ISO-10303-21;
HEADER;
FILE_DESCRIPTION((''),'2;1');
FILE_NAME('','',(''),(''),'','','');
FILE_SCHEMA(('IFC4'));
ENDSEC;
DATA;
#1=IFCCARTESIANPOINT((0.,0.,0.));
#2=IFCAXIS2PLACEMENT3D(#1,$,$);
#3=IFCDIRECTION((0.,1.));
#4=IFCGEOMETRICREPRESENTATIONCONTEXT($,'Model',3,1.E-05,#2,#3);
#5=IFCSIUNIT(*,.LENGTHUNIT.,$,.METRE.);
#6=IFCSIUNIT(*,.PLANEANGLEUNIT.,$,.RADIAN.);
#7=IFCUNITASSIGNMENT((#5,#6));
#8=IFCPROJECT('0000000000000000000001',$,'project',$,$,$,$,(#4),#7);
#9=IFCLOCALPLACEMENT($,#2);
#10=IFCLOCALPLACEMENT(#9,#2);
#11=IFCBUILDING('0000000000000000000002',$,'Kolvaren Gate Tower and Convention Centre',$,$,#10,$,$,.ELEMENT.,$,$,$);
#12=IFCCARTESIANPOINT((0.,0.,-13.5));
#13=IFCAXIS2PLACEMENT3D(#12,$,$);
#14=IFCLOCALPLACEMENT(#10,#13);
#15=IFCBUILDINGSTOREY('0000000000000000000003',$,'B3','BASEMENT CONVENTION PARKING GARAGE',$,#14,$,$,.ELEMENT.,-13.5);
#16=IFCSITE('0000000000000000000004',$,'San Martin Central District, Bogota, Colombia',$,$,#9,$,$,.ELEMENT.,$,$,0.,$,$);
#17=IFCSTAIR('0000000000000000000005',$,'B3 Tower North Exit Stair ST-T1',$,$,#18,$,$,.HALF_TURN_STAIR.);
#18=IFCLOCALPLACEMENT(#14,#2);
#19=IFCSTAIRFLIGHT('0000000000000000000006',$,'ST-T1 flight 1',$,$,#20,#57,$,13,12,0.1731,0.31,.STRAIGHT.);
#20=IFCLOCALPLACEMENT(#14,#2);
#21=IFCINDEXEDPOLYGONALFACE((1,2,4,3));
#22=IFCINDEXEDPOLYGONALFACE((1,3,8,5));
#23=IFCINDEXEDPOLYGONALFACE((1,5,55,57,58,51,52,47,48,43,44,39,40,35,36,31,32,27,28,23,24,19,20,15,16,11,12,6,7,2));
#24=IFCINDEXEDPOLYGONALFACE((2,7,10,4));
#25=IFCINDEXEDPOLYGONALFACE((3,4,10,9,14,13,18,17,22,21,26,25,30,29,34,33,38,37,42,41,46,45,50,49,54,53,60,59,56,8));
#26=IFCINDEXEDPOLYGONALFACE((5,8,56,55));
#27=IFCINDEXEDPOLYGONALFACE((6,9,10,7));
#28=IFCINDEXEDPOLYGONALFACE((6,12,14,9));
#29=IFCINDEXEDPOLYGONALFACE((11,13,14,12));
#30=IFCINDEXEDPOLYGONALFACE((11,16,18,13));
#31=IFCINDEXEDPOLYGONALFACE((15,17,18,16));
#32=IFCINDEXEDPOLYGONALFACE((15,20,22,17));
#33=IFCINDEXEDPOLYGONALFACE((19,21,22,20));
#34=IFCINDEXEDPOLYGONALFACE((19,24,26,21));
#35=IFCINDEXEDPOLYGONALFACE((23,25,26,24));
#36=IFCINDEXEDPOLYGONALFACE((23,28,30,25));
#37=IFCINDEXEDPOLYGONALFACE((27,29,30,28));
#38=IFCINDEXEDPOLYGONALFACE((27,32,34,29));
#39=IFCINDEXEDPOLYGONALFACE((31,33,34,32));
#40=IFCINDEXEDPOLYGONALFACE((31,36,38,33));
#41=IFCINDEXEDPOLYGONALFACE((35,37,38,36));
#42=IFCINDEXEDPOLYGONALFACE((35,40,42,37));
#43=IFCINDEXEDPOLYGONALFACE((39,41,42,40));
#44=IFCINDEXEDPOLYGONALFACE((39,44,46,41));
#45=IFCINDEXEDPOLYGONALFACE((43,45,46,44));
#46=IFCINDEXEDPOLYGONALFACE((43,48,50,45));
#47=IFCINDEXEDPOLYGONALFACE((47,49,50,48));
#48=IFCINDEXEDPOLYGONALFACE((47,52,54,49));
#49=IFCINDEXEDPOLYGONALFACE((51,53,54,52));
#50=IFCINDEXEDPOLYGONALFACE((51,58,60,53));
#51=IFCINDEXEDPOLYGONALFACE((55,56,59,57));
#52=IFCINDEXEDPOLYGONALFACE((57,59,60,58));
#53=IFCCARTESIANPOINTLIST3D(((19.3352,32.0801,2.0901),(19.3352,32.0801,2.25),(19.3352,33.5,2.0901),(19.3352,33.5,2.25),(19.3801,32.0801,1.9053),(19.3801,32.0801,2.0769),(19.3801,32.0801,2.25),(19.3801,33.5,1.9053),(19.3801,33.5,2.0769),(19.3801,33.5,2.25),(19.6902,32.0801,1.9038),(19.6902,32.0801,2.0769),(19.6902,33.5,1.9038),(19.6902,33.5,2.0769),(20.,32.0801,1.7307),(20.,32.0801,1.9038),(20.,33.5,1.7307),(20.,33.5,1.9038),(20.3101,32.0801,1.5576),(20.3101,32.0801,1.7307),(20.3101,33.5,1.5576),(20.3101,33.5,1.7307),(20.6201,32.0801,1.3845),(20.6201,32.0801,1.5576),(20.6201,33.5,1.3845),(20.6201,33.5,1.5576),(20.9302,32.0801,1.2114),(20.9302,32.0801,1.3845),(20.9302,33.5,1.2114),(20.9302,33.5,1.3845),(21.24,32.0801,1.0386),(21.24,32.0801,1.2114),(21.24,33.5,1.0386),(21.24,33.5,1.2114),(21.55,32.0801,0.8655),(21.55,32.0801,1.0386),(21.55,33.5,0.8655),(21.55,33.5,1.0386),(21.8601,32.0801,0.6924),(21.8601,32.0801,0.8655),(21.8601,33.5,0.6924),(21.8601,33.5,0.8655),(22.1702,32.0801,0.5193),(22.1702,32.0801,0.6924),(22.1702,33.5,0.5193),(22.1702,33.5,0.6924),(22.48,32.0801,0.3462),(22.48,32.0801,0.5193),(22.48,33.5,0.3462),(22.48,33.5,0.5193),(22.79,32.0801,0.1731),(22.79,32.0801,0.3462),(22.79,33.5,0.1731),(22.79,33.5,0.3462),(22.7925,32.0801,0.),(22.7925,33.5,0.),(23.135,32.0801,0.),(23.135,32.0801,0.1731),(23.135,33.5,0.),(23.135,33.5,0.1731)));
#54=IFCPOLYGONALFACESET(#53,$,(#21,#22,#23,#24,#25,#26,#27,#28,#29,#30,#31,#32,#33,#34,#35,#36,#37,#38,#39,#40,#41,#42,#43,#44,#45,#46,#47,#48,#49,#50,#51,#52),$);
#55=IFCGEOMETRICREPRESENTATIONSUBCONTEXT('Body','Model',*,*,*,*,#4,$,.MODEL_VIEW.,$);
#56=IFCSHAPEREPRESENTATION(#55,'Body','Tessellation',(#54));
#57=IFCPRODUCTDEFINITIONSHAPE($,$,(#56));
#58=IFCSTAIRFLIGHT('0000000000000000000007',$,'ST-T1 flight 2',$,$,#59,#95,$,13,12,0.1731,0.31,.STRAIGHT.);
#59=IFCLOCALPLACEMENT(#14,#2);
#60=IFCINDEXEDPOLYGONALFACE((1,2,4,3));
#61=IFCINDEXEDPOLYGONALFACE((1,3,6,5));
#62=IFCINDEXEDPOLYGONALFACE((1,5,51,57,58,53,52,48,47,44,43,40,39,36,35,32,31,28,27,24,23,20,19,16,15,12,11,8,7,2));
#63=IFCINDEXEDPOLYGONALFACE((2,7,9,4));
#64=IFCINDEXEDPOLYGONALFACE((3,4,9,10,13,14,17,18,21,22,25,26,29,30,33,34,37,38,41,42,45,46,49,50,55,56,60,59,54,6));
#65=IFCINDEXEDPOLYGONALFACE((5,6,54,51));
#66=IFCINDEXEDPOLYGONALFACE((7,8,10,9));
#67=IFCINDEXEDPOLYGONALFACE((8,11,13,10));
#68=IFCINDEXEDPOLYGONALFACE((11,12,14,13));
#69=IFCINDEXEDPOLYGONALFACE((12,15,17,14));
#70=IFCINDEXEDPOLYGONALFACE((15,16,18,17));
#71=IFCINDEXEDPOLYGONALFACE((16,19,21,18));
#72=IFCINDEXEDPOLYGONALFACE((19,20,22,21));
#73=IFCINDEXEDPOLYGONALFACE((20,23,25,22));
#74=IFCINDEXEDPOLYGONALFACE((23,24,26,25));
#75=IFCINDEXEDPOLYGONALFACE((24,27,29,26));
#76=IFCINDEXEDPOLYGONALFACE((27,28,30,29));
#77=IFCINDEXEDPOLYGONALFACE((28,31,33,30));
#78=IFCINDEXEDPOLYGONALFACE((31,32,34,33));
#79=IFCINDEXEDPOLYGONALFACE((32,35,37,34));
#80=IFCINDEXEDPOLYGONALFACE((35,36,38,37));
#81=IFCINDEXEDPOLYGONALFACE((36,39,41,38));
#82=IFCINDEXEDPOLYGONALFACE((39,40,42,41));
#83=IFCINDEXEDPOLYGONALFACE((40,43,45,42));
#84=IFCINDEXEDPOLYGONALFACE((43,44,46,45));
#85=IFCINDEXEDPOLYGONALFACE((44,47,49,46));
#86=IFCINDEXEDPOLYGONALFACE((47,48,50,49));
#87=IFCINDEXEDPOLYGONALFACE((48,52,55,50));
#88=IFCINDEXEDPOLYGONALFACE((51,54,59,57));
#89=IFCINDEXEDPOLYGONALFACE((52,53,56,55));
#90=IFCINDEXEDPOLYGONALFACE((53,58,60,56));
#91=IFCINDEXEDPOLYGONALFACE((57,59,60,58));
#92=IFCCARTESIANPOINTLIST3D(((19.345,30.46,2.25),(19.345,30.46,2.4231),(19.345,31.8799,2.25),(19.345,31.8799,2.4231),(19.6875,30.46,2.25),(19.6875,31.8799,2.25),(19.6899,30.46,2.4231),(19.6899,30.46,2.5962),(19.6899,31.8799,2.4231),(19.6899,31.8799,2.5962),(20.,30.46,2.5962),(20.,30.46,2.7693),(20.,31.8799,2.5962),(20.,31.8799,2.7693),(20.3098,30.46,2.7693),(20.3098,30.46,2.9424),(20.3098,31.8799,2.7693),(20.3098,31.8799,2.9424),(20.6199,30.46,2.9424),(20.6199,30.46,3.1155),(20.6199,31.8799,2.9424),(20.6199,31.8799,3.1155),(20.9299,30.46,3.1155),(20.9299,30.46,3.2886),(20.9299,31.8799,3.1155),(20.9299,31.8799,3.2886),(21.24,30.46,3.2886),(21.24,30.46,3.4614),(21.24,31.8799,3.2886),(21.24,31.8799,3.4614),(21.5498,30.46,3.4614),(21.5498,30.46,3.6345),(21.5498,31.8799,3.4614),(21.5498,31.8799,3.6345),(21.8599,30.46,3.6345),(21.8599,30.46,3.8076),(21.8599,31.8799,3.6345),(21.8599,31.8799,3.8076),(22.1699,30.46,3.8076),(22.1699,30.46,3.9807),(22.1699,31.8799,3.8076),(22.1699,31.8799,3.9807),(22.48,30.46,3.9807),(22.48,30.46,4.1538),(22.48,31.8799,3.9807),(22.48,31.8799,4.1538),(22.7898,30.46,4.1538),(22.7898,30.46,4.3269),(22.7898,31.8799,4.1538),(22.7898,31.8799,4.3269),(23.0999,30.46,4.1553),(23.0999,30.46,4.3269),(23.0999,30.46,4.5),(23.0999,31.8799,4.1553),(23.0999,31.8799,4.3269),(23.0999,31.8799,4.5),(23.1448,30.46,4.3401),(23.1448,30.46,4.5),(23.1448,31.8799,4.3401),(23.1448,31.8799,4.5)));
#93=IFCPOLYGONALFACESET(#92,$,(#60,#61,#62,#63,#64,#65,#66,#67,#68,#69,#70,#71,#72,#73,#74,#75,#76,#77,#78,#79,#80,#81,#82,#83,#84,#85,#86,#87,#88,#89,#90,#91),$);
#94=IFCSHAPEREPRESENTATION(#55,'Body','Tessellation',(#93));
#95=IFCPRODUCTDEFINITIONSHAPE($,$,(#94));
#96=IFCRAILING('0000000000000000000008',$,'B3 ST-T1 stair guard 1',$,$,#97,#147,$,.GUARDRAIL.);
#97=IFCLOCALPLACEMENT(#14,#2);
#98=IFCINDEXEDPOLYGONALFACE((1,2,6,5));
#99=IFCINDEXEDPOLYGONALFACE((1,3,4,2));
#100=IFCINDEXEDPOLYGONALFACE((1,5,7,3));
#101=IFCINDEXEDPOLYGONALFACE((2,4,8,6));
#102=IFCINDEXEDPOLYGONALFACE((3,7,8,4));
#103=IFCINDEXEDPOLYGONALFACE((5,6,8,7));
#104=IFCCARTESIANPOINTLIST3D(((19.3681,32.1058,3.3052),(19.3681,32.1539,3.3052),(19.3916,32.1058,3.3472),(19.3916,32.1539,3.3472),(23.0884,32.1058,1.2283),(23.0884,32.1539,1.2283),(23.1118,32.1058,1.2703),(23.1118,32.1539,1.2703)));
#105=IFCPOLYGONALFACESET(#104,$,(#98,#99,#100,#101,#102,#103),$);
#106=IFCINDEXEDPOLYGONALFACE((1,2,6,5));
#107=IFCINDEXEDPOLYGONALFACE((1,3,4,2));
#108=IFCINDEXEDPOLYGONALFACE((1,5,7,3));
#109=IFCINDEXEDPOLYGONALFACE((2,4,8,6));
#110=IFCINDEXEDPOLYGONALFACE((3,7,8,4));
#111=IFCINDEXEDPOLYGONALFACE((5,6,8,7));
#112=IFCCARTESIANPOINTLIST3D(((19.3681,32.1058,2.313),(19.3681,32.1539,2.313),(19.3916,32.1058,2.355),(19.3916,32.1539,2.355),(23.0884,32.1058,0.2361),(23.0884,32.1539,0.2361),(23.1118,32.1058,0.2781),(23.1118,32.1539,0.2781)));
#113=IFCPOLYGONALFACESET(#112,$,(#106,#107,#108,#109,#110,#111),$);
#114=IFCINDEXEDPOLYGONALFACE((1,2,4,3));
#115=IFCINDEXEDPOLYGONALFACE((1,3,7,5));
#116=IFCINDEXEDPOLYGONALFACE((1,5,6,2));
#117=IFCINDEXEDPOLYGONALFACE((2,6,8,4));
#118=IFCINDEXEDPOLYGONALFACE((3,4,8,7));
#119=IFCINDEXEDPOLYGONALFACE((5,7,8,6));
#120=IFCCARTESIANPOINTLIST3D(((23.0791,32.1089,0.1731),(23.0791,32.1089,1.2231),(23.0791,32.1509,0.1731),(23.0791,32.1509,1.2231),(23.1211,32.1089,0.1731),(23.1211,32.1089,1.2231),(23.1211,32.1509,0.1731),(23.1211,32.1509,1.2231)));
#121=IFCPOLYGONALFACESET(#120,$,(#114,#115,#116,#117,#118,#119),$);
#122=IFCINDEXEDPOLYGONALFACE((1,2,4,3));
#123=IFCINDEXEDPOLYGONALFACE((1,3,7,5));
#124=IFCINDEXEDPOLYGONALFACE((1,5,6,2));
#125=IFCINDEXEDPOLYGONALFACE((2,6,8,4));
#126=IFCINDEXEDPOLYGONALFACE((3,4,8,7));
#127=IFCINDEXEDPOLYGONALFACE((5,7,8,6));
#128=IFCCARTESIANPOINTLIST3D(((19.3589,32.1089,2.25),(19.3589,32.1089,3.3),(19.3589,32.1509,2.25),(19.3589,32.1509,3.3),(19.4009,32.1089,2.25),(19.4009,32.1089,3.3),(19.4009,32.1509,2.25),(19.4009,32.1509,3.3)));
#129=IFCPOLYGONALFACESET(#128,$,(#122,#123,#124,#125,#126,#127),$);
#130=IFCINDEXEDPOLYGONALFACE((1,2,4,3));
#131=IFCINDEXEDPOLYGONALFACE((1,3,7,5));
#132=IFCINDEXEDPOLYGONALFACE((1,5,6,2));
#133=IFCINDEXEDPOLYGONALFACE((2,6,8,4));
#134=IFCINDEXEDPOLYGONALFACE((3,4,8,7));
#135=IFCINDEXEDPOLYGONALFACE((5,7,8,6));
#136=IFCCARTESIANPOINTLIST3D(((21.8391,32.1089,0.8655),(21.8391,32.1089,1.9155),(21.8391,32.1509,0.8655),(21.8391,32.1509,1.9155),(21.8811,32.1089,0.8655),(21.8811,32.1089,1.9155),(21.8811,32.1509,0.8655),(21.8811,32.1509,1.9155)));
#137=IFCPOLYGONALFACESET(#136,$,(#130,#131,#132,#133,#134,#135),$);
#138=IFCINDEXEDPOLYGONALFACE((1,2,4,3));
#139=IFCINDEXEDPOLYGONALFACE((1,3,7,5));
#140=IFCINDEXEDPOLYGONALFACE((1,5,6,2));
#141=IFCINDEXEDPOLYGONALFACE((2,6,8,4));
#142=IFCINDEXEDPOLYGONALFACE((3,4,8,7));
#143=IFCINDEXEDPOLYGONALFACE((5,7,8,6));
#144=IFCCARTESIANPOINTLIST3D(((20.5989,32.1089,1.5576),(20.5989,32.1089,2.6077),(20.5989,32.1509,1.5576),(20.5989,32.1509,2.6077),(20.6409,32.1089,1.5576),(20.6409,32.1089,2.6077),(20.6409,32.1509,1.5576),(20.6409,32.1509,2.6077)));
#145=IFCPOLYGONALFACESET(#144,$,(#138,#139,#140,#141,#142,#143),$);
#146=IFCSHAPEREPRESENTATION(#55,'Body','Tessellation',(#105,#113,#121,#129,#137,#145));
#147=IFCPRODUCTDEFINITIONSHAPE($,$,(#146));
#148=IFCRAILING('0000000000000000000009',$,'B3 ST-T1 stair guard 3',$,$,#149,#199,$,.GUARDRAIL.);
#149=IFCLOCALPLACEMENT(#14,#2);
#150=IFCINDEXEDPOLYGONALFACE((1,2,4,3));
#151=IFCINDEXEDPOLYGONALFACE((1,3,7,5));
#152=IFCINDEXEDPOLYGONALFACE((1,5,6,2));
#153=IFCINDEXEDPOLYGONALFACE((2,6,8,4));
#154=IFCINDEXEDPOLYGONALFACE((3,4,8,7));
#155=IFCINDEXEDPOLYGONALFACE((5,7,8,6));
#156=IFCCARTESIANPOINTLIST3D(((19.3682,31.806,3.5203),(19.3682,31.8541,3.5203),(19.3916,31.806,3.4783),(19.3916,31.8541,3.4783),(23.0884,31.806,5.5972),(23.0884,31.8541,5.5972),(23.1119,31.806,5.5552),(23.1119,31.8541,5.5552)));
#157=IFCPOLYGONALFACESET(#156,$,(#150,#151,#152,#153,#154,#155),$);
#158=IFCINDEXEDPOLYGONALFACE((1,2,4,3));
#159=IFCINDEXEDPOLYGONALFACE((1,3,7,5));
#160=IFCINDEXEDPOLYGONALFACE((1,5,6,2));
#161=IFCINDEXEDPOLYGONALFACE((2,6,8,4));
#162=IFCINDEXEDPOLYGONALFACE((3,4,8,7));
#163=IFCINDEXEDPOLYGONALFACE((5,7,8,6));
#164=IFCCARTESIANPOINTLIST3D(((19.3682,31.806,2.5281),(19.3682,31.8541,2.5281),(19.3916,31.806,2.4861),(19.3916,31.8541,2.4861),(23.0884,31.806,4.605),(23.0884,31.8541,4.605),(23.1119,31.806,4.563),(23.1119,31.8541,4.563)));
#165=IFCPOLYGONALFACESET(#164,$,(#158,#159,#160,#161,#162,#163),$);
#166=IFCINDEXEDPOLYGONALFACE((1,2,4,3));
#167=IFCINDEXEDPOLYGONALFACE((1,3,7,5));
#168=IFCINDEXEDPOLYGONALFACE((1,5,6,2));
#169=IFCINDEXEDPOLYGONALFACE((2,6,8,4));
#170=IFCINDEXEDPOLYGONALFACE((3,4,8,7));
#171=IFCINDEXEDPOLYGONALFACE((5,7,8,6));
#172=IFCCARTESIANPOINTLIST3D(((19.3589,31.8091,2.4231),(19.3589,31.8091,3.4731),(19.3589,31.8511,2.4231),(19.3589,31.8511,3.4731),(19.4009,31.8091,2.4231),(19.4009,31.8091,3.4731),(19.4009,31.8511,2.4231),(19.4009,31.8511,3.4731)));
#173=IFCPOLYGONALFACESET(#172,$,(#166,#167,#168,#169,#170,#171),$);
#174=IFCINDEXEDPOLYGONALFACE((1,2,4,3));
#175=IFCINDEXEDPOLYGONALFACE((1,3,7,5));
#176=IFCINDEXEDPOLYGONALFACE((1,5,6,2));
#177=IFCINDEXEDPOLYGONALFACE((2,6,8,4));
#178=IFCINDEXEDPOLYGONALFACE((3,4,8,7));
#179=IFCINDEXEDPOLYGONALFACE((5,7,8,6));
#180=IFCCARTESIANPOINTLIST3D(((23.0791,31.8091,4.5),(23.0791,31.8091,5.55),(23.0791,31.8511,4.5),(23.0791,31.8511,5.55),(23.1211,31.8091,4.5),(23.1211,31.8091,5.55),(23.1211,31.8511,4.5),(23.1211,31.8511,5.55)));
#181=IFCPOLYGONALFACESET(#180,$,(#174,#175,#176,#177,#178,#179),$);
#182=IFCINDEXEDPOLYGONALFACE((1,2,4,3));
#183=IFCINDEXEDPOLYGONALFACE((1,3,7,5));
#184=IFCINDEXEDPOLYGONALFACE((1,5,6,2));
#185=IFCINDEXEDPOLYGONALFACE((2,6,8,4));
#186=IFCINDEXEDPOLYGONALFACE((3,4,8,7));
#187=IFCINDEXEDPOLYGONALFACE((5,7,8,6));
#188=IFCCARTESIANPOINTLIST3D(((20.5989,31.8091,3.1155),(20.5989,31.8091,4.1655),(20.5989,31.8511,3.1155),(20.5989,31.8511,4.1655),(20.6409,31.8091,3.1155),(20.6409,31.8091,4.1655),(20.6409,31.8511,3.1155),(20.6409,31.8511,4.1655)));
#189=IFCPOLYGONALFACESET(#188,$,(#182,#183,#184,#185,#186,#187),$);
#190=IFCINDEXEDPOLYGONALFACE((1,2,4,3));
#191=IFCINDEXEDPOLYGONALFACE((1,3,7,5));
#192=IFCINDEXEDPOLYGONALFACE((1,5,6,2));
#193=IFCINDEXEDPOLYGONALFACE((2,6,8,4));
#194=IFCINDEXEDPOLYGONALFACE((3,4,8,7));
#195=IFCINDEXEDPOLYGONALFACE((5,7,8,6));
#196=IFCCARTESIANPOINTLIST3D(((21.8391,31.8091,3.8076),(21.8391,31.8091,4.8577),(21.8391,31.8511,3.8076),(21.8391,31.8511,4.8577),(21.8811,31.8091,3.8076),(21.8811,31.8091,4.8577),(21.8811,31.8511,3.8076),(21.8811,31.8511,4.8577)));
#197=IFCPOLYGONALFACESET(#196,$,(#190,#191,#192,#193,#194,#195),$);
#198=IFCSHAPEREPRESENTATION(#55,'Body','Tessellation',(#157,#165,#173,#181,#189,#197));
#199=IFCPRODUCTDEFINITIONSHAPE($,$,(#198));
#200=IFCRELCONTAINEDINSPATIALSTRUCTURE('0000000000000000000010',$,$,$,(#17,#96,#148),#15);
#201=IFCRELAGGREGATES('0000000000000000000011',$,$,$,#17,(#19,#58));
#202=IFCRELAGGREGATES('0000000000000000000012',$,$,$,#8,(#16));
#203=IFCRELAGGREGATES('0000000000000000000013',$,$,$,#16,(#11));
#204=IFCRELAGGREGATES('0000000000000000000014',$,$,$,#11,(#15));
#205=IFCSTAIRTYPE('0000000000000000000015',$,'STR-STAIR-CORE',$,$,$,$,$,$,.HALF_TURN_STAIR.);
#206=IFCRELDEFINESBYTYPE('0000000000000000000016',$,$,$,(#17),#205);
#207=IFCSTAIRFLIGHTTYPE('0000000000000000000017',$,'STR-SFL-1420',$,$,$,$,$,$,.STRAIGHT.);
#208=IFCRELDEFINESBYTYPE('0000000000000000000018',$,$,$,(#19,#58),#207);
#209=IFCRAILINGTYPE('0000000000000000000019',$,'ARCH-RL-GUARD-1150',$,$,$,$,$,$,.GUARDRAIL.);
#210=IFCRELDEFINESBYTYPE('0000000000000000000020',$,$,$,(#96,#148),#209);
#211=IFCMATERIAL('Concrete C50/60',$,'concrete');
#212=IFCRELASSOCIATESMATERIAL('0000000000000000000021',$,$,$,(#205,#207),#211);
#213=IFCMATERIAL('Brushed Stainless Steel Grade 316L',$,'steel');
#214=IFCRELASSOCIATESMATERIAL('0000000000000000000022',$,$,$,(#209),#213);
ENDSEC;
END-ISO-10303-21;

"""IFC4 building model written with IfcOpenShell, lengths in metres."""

from ifc_helpers import new_model, si_unit, direction, frame, origin, origin_2d, place, context, subcontext, project, spatial, polyline, rectangle, outline, extrude, material, type_object, element, aggregate, save


model = new_model("IFC4")

# Units and contexts
model_context = context("Model", 3, precision=1e-05, world=origin(), true_north=direction((0.0, 1.0)))
body_context = subcontext(model_context, "Body", "Model", "MODEL_VIEW")
ifc_project = project(units=[si_unit("LENGTHUNIT", "METRE"), si_unit("PLANEANGLEUNIT", "RADIAN")], contexts=[model_context])

# Site, building, storey
site_placement = place(None, origin())
site = spatial("IfcSite", under=ifc_project, at=site_placement, Name="San Martin Central District, Bogota, Colombia", CompositionType="ELEMENT", RefElevation=0.0)
building_placement = place(site_placement, origin())
building = spatial("IfcBuilding", under=site, at=building_placement, Name="Kolvaren Gate Tower and Convention Centre", CompositionType="ELEMENT")
storey_placement = place(building_placement, frame((0.0, 0.0, -13.5)))
storey = spatial("IfcBuildingStorey", under=building, at=storey_placement, Name="B3", Description="BASEMENT CONVENTION PARKING GARAGE", CompositionType="ELEMENT", Elevation=-13.5)

# Shared definitions
ifc_material_1 = material(Name="Concrete C50/60", Category="concrete")

# Shared definitions
ifc_material_2 = material(Name="Brushed Stainless Steel Grade 316L", Category="steel")

# Stair, stair flights
stair_type = type_object("IfcStairType", Name="STR-STAIR-CORE", PredefinedType="HALF_TURN_STAIR", material=ifc_material_1)
stair_placement = place(storey_placement, origin())
stair = element("IfcStair", 1, at=stair_placement, inside=storey, type_object=stair_type, Name="B3 Tower North Exit Stair ST-T1", PredefinedType="HALF_TURN_STAIR")
stair_flight_type = type_object("IfcStairFlightType", Name="STR-SFL-1420", PredefinedType="STRAIGHT", material=ifc_material_1)
stair_flight_1_placement = place(storey_placement, frame((23.1001, 32.79, 0.0), z_axis=(0.0, 0.0, 1.0), x_axis=(-1.0, 0.0, 0.0)))
stair_flight_1 = element("IfcStairFlight", 2, at=stair_flight_1_placement, type_object=stair_flight_type, Name="ST-T1 flight 1", NumberOfRisers=13, NumberOfTreads=12, PredefinedType="STRAIGHT", RiserHeight=0.1731, TreadLength=0.31, context=body_context, shape_type="SweptSolid", body=[
    extrude(outline(polyline([(-0.0349, 0.0), (-0.0349, 0.1731), (0.3101, 0.1731), (0.3101, 0.3462), (0.6201, 0.3462), (0.6201, 0.5193), (0.9299, 0.5193), (0.9299, 0.6924), (1.24, 0.6924), (1.24, 0.8655), (1.55, 0.8655), (1.55, 1.0386), (1.8601, 1.0386), (1.8601, 1.2114), (2.1699, 1.2114), (2.1699, 1.3845), (2.48, 1.3845), (2.48, 1.5576), (2.79, 1.5576), (2.79, 1.7307), (3.1001, 1.7307), (3.1001, 1.9038), (3.4099, 1.9038), (3.4099, 2.0769), (3.72, 2.0769), (3.72, 2.25), (3.7649, 2.25), (3.7649, 2.0901), (3.72, 1.9053), (0.3076, 0.0), (-0.0349, 0.0)])), frame((0.0, 0.71, 0.0), z_axis=(0.0, -1.0, 0.0), x_axis=(1.0, 0.0, 0.0)), (0.0, 0.0, 1.0), 1.4199),
])
stair_flight_2_placement = place(storey_placement, frame((19.3799, 31.1699, 2.25), z_axis=(0.0, 0.0, 1.0), x_axis=(1.0, 0.0, 0.0)))
stair_flight_2 = element("IfcStairFlight", 3, at=stair_flight_2_placement, type_object=stair_flight_type, Name="ST-T1 flight 2", NumberOfRisers=13, NumberOfTreads=12, PredefinedType="STRAIGHT", RiserHeight=0.1731, TreadLength=0.31, context=body_context, shape_type="SweptSolid", body=[
    extrude(outline(polyline([(-0.0349, 0.0), (-0.0349, 0.1731), (0.3101, 0.1731), (0.3101, 0.3462), (0.6201, 0.3462), (0.6201, 0.5193), (0.9299, 0.5193), (0.9299, 0.6924), (1.24, 0.6924), (1.24, 0.8655), (1.55, 0.8655), (1.55, 1.0386), (1.8601, 1.0386), (1.8601, 1.2114), (2.1699, 1.2114), (2.1699, 1.3845), (2.48, 1.3845), (2.48, 1.5576), (2.79, 1.5576), (2.79, 1.7307), (3.1001, 1.7307), (3.1001, 1.9038), (3.4099, 1.9038), (3.4099, 2.0769), (3.72, 2.0769), (3.72, 2.25), (3.7649, 2.25), (3.7649, 2.0901), (3.72, 1.9053), (0.3076, 0.0), (-0.0349, 0.0)])), frame((0.0, 0.71, 0.0), z_axis=(0.0, -1.0, 0.0), x_axis=(1.0, 0.0, 0.0)), (0.0, 0.0, 1.0), 1.4199),
])
aggregate(stair, [stair_flight_1, stair_flight_2])

# Railings
railing_type = type_object("IfcRailingType", Name="ARCH-RL-GUARD-1150", PredefinedType="GUARDRAIL", material=ifc_material_2)
railing_1_placement = place(storey_placement, frame((23.1001, 32.1299, 0.1731)))
element("IfcRailing", 4, at=railing_1_placement, inside=storey, type_object=railing_type, Name="B3 ST-T1 stair guard 1", PredefinedType="GUARDRAIL", context=body_context, shape_type="SweptSolid", body=[
    extrude(rectangle(XDim=0.0481, YDim=0.0481, at=origin_2d()), frame((0.0, 0.0, 1.0762), z_axis=(-0.873147, 0.0, 0.487457), x_axis=(0.0, -1.0, 0.0)), (0.0, 0.0, 1.0), 4.2607),
    extrude(rectangle(XDim=0.0481, YDim=0.0481, at=origin_2d()), frame((0.0, 0.0, 0.084), z_axis=(-0.873147, 0.0, 0.487457), x_axis=(0.0, -1.0, 0.0)), (0.0, 0.0, 1.0), 4.2607),
    extrude(rectangle(XDim=0.042, YDim=0.042, at=origin_2d()), origin(), (0.0, 0.0, 1.0), 1.05),
    extrude(rectangle(XDim=0.042, YDim=0.042, at=origin_2d()), frame((-3.7202, 0.0, 2.0769)), (0.0, 0.0, 1.0), 1.05),
    extrude(rectangle(XDim=0.042, YDim=0.042, at=origin_2d()), frame((-1.24, 0.0, 0.6924)), (0.0, 0.0, 1.0), 1.05),
    extrude(rectangle(XDim=0.042, YDim=0.042, at=origin_2d()), frame((-2.4802, 0.0, 1.3845)), (0.0, 0.0, 1.0), 1.05),
])
railing_2_placement = place(storey_placement, frame((19.3799, 31.8301, 2.4231)))
element("IfcRailing", 5, at=railing_2_placement, inside=storey, type_object=railing_type, Name="B3 ST-T1 stair guard 3", PredefinedType="GUARDRAIL", context=body_context, shape_type="SweptSolid", body=[
    extrude(rectangle(XDim=0.0481, YDim=0.0481, at=origin_2d()), frame((0.0, 0.0, 1.0762), z_axis=(0.873147, 0.0, 0.487457), x_axis=(0.0, 1.0, 0.0)), (0.0, 0.0, 1.0), 4.2607),
    extrude(rectangle(XDim=0.0481, YDim=0.0481, at=origin_2d()), frame((0.0, 0.0, 0.084), z_axis=(0.873147, 0.0, 0.487457), x_axis=(0.0, 1.0, 0.0)), (0.0, 0.0, 1.0), 4.2607),
    extrude(rectangle(XDim=0.042, YDim=0.042, at=origin_2d()), origin(), (0.0, 0.0, 1.0), 1.05),
    extrude(rectangle(XDim=0.042, YDim=0.042, at=origin_2d()), frame((3.7202, 0.0, 2.0769)), (0.0, 0.0, 1.0), 1.05),
    extrude(rectangle(XDim=0.042, YDim=0.042, at=origin_2d()), frame((1.24, 0.0, 0.6924)), (0.0, 0.0, 1.0), 1.05),
    extrude(rectangle(XDim=0.042, YDim=0.042, at=origin_2d()), frame((2.4802, 0.0, 1.3845)), (0.0, 0.0, 1.0), 1.05),
])

save(model, "model.ifc")
